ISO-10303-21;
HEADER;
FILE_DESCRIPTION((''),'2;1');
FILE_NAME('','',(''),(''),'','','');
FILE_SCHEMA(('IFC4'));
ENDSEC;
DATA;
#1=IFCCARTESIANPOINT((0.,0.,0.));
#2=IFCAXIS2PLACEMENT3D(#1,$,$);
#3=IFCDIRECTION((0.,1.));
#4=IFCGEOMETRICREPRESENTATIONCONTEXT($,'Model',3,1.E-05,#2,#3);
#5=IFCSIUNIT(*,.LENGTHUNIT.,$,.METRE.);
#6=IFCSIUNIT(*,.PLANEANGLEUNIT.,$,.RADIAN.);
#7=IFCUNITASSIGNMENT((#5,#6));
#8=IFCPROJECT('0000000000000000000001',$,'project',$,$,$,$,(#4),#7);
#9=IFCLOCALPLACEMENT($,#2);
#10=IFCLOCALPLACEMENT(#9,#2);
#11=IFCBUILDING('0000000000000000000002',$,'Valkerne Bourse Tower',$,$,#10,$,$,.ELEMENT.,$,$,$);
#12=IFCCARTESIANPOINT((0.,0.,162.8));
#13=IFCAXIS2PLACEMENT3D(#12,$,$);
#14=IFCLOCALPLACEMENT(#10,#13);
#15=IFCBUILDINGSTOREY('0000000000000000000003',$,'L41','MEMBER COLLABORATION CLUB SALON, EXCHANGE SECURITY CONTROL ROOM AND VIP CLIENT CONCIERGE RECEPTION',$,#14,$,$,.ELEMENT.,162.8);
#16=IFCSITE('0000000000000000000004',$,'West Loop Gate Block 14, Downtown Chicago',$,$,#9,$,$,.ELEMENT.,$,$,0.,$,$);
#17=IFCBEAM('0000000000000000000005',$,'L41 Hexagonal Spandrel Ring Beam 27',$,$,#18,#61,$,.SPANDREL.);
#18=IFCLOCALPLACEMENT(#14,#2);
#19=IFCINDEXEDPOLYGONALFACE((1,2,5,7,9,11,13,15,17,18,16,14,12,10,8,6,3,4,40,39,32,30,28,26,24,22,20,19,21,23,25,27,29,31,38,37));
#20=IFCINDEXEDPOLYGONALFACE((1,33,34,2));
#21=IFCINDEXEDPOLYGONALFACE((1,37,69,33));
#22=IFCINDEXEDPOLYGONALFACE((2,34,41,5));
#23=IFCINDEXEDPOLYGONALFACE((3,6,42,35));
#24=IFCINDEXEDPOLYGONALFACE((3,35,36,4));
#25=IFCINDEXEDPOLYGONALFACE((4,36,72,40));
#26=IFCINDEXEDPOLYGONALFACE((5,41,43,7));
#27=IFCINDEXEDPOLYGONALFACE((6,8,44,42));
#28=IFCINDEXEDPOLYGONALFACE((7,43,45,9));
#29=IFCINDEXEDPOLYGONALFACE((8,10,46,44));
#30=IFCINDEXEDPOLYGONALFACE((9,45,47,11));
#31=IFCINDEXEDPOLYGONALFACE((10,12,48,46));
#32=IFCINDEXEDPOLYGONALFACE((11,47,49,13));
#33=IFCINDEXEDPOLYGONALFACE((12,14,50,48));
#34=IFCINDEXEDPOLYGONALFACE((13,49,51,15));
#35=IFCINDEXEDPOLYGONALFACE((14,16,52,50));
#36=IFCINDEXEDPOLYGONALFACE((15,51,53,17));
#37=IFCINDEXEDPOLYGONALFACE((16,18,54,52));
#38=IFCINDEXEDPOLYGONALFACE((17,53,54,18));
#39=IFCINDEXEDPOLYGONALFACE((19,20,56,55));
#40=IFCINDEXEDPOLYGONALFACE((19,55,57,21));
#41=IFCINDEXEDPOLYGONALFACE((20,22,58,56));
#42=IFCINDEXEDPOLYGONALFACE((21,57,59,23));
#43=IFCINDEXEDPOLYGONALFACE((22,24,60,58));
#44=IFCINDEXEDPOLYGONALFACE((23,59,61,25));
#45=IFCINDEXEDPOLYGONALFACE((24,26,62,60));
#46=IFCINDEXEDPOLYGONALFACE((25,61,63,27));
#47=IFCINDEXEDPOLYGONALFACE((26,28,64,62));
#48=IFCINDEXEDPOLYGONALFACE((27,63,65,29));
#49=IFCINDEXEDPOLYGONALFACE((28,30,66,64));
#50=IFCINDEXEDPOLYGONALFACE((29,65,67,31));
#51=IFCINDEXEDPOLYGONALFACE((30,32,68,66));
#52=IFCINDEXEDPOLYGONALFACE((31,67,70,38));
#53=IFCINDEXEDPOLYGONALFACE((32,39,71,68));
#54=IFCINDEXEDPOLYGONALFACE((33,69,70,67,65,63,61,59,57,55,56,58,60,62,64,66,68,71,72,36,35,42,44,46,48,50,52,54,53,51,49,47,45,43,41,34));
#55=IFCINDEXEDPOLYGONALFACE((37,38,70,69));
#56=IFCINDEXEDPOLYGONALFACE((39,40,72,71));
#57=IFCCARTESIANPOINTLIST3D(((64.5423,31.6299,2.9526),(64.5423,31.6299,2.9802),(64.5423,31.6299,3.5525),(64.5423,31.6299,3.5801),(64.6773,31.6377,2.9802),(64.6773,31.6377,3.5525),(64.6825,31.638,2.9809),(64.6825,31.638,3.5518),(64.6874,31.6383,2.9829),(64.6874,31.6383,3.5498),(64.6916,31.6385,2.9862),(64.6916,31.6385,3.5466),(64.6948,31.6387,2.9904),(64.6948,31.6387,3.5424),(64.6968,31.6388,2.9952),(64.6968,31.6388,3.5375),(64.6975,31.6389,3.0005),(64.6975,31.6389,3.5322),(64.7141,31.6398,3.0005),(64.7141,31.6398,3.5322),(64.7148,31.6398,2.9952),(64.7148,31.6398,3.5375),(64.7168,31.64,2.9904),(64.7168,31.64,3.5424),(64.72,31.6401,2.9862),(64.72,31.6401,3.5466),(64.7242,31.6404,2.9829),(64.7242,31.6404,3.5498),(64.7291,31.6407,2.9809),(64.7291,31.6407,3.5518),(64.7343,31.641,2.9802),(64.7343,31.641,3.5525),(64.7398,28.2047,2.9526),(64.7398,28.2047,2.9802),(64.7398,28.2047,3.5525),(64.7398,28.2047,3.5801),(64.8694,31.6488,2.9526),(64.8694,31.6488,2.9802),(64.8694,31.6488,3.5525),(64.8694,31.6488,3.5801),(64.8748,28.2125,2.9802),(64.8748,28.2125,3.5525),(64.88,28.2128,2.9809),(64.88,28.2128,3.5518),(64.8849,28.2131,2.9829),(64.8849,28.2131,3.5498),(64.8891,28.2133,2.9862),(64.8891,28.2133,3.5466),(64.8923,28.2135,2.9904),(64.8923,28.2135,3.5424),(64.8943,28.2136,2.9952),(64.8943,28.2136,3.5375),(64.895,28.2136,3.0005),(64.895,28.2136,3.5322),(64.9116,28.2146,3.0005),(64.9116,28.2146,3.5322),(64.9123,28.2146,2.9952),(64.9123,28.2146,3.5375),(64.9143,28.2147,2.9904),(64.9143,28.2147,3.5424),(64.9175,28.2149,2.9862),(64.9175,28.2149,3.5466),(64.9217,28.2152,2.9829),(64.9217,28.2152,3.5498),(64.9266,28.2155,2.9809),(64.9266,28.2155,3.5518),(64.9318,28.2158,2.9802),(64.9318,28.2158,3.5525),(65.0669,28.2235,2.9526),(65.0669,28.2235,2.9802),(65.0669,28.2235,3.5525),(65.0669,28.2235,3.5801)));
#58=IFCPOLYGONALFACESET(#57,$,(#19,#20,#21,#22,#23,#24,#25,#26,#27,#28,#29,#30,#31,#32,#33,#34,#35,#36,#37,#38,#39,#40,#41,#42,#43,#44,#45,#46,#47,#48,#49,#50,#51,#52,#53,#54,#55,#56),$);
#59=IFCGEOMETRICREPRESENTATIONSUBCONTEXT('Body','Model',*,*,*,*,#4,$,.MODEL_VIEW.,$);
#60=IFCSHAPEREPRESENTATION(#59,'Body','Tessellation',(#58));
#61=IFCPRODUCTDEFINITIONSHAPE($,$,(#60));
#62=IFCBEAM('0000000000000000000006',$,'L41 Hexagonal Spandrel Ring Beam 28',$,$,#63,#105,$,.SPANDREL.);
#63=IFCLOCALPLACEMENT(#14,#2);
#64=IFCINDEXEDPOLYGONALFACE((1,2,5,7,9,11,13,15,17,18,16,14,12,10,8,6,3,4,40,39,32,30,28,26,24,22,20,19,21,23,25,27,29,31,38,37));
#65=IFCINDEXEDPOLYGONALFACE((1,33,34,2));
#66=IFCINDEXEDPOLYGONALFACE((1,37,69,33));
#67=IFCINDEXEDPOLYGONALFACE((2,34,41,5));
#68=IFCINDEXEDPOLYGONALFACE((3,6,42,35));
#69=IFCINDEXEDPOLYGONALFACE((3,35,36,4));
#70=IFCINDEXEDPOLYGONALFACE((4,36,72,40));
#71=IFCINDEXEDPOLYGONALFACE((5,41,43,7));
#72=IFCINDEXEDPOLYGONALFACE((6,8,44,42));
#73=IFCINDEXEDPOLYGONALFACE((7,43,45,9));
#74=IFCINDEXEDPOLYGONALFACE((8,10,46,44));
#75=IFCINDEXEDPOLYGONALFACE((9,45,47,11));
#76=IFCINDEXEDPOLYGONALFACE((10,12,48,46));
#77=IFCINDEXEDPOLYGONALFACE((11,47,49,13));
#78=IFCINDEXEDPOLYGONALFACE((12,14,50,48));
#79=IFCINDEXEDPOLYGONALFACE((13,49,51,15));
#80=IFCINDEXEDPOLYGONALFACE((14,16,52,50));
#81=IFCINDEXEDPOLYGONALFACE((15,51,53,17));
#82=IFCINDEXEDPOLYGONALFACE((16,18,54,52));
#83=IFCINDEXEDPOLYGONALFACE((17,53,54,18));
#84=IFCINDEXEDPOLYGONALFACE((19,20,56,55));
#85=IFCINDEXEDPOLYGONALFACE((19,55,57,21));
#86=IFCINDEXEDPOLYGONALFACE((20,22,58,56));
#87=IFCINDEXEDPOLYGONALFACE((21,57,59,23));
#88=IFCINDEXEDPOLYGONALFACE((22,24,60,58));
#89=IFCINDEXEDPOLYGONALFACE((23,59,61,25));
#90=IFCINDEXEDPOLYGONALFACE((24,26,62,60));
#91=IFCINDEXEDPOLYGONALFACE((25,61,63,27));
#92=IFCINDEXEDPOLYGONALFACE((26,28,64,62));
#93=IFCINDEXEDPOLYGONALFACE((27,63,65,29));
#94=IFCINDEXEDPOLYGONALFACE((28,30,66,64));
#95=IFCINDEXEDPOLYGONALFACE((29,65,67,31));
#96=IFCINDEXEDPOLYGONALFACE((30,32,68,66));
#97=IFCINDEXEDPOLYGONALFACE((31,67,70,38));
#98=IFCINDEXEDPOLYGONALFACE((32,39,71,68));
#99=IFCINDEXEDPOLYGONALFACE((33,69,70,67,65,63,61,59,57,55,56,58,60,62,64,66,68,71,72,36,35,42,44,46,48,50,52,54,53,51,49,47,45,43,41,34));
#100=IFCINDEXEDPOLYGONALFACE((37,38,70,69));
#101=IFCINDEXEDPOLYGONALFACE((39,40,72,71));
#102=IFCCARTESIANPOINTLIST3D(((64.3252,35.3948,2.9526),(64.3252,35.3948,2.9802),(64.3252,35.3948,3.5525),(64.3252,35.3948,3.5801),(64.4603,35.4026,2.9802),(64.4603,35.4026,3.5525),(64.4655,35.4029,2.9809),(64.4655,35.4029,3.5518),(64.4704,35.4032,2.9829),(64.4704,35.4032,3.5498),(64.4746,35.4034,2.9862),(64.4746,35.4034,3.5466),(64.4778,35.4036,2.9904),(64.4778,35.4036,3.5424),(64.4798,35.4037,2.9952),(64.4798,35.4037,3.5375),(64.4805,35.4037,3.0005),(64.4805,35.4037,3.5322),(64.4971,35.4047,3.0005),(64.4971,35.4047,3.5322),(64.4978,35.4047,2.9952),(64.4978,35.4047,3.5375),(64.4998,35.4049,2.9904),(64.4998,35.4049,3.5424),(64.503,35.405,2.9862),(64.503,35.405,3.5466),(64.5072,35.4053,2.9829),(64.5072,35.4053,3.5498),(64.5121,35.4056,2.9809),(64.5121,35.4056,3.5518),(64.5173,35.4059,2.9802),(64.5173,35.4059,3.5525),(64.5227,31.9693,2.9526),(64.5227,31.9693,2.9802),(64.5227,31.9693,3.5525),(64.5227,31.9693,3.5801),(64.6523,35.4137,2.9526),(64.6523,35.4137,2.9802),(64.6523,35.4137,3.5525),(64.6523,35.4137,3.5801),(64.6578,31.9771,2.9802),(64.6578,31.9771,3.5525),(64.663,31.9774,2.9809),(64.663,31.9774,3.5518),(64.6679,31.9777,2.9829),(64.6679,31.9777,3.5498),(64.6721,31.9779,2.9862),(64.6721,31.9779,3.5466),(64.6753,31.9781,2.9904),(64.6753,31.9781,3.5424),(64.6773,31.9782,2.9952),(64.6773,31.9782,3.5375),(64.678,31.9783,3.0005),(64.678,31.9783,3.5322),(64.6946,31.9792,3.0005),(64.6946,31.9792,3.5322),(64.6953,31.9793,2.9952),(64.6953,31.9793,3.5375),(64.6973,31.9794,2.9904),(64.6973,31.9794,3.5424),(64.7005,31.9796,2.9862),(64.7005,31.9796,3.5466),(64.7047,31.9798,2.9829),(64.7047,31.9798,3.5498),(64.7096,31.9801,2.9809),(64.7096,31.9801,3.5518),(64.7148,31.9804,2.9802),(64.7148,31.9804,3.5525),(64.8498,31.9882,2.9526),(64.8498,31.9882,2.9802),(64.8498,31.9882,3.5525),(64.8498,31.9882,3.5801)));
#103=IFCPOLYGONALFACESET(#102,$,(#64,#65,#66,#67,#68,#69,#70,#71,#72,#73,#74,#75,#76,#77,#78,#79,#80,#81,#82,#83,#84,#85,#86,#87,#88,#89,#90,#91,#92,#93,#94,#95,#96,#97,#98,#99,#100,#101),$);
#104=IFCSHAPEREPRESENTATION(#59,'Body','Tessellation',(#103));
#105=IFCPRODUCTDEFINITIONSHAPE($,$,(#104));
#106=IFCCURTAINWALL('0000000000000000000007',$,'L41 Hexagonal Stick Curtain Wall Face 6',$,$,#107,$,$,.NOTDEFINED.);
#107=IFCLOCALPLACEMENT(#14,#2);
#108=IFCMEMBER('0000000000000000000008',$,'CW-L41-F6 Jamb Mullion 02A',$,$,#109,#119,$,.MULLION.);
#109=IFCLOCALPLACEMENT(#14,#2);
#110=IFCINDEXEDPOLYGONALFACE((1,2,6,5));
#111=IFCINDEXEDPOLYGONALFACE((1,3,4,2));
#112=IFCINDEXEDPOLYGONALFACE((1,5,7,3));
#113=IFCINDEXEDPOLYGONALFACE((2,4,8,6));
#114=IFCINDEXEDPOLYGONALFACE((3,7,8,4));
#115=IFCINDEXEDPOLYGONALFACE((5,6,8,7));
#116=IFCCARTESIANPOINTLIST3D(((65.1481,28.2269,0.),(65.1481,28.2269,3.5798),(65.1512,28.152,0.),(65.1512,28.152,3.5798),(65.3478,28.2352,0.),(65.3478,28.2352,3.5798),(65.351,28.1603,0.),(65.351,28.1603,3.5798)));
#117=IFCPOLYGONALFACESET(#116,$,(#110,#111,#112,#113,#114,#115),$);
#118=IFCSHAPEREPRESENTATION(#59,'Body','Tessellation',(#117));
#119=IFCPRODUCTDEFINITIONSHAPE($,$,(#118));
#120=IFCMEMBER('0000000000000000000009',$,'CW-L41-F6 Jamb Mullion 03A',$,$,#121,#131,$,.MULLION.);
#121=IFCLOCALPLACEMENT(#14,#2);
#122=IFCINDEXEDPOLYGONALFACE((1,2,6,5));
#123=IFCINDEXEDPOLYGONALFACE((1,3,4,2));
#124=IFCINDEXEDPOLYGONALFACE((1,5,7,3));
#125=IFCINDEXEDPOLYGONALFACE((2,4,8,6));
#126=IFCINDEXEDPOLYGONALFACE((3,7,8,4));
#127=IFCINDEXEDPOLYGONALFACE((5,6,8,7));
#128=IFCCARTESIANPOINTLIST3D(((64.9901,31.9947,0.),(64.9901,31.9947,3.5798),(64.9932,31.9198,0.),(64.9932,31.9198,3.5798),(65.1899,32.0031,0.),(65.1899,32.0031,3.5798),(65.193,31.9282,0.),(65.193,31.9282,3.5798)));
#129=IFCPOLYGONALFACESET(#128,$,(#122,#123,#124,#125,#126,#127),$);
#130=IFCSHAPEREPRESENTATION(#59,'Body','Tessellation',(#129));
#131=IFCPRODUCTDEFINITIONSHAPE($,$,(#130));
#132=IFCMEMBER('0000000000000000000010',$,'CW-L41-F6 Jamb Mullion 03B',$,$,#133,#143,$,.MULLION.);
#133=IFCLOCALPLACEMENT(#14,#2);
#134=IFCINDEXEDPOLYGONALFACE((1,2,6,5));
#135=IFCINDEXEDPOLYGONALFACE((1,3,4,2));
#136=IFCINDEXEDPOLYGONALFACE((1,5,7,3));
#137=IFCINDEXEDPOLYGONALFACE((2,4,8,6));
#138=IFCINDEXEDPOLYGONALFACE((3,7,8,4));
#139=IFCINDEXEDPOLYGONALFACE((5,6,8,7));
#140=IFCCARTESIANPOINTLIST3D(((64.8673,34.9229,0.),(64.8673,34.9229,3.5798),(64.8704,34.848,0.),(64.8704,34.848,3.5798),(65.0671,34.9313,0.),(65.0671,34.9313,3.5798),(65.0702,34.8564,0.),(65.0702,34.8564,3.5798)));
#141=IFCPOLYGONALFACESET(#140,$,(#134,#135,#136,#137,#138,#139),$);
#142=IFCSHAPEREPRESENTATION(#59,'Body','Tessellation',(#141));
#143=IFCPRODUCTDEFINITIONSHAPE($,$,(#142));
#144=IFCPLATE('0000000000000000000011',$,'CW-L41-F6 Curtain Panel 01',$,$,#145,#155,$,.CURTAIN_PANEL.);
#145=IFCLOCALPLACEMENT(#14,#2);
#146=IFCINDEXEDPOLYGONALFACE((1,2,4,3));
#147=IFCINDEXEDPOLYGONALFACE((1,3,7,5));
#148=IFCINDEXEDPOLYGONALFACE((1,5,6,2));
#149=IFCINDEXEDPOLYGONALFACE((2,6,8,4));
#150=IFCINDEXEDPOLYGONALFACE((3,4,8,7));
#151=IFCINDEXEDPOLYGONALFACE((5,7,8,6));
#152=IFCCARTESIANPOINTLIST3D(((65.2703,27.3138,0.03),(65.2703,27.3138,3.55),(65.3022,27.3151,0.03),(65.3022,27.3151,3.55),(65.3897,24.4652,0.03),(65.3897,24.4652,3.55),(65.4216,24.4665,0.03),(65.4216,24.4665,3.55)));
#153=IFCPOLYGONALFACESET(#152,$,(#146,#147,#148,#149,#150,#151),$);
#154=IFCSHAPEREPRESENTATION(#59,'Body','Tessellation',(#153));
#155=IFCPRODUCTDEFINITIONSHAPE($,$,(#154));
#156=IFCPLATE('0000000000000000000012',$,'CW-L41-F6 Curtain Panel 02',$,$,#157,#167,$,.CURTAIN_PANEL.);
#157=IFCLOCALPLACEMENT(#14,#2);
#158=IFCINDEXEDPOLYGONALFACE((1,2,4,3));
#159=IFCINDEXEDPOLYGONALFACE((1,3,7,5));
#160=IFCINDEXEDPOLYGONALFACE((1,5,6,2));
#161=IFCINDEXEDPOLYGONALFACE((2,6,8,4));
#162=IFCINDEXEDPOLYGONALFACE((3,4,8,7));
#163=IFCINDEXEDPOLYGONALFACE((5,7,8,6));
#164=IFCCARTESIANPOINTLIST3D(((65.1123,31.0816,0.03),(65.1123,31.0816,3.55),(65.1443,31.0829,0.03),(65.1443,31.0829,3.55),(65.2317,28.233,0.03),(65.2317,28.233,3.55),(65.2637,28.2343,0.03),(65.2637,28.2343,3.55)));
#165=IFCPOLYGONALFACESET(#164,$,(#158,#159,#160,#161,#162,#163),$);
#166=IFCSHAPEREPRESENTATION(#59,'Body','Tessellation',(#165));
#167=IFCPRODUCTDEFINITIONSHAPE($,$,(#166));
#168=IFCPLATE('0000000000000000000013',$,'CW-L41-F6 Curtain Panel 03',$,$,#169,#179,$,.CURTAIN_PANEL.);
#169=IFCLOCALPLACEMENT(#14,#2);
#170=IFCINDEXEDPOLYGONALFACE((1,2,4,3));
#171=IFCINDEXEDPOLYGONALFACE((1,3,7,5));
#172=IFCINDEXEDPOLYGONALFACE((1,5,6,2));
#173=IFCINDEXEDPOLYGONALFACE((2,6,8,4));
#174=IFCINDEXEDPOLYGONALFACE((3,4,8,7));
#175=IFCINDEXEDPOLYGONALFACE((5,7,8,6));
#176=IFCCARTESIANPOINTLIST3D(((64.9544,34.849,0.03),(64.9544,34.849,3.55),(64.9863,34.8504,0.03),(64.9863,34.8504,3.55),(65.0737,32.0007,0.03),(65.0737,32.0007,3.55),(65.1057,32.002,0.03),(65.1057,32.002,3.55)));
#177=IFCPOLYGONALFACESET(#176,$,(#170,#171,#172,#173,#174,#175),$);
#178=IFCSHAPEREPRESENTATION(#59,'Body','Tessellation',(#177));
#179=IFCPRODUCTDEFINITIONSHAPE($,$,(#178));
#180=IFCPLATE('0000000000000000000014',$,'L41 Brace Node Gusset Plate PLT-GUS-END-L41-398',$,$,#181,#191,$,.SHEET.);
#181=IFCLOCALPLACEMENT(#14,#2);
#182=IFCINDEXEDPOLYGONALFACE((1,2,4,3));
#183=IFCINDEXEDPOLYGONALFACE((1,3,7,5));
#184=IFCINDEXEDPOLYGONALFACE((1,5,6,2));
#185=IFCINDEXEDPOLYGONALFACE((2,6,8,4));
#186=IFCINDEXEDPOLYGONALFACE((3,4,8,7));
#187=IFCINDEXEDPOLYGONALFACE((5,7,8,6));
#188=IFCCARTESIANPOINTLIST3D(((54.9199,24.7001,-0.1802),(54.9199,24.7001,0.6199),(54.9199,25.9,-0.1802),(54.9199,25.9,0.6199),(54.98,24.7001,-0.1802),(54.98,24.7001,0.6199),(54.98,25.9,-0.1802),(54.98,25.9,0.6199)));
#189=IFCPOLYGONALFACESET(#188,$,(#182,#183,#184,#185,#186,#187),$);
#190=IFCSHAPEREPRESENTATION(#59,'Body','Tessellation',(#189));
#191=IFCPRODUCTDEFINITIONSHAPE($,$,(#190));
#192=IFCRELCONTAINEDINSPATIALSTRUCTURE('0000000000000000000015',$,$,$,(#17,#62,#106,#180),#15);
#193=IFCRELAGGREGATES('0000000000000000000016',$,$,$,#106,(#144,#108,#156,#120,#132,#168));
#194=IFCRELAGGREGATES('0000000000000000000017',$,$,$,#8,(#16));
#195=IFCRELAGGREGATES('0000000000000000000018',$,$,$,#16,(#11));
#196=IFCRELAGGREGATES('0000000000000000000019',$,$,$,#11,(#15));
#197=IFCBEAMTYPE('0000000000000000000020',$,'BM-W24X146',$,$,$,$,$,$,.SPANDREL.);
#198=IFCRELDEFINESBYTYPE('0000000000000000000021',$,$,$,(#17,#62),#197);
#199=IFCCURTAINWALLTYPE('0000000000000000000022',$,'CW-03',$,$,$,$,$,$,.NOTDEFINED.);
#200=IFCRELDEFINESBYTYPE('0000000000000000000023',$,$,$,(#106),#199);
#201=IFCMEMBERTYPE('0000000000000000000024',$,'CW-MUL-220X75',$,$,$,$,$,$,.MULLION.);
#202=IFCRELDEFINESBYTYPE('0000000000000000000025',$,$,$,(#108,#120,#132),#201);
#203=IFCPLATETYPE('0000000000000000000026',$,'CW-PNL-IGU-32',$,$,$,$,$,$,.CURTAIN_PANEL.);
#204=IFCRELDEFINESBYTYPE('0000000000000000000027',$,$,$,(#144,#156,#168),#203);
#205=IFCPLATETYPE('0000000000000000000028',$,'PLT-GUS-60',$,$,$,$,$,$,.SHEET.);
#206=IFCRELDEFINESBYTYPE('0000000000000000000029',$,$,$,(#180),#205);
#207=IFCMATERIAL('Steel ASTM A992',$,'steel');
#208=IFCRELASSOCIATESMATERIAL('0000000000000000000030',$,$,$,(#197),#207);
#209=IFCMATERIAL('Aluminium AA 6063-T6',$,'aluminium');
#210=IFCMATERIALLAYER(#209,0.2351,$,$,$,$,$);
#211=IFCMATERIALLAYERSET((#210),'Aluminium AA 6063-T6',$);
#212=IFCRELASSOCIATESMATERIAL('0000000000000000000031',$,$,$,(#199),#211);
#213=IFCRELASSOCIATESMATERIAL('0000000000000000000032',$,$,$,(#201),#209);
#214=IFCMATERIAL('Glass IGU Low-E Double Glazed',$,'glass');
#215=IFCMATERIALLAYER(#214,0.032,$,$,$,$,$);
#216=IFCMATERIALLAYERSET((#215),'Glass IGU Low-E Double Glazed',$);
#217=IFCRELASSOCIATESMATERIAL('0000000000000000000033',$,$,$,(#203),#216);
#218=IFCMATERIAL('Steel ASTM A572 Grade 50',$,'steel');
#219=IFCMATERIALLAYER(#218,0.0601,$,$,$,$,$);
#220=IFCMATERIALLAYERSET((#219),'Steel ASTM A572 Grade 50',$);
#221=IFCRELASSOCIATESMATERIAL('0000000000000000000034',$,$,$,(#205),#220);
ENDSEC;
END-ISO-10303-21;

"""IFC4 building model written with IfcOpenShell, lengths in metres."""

from ifc_helpers import new_model, si_unit, direction, frame, origin, origin_2d, place, context, subcontext, project, spatial, rectangle, i_section, extrude, material, layer, layer_set, material_profile, profile_set, type_object, element, aggregate, save


model = new_model("IFC4")

# Units and contexts
model_context = context("Model", 3, precision=1e-05, world=origin(), true_north=direction((0.0, 1.0)))
body_context = subcontext(model_context, "Body", "Model", "MODEL_VIEW")
ifc_project = project(units=[si_unit("LENGTHUNIT", "METRE"), si_unit("PLANEANGLEUNIT", "RADIAN")], contexts=[model_context])

# Site, building, storey
site_placement = place(None, origin())
site = spatial("IfcSite", under=ifc_project, at=site_placement, Name="West Loop Gate Block 14, Downtown Chicago", CompositionType="ELEMENT", RefElevation=0.0)
building_placement = place(site_placement, origin())
building = spatial("IfcBuilding", under=site, at=building_placement, Name="Valkerne Bourse Tower", CompositionType="ELEMENT")
storey_placement = place(building_placement, frame((0.0, 0.0, 162.8)))
storey = spatial("IfcBuildingStorey", under=building, at=storey_placement, Name="L41", Description="MEMBER COLLABORATION CLUB SALON, EXCHANGE SECURITY CONTROL ROOM AND VIP CLIENT CONCIERGE RECEPTION", CompositionType="ELEMENT", Elevation=162.8)

# Beams
ifc_material_1 = material(Name="Steel ASTM A992", Category="steel")
ifc_material_profile_1 = material_profile(ifc_material_1, i_section(OverallWidth=0.3276, OverallDepth=0.6274, WebThickness=0.0166, FlangeThickness=0.0276, FilletRadius=0.0203, at=origin_2d()), Name="W24X146")
ifc_profile_set_1 = profile_set([ifc_material_profile_1], Name="Steel ASTM A992")
beam_type_1 = type_object("IfcBeamType", Name="BM-W24X146", PredefinedType="SPANDREL", material=ifc_profile_set_1)
beam_1_placement = place(storey_placement, frame((64.9033, 28.2141, 3.2664), z_axis=(-0.057567, 0.998342, 0.0), x_axis=(-0.998342, -0.057567, 0.0)))
element("IfcBeam", 1, at=beam_1_placement, inside=storey, type_object=beam_type_1, Name="L41 Hexagonal Spandrel Ring Beam 27", PredefinedType="SPANDREL", context=body_context, shape_type="SweptSolid", body=[
    extrude(i_section(OverallWidth=0.3276, OverallDepth=0.6274, WebThickness=0.0166, FlangeThickness=0.0276, FilletRadius=0.0203, at=origin_2d()), origin(), (0.0, 0.0, 1.0), 3.4309),
])
beam_2_placement = place(storey_placement, frame((64.6863, 31.9788, 3.2664), z_axis=(-0.057562, 0.998342, 0.0), x_axis=(-0.998342, -0.057562, 0.0)))
element("IfcBeam", 2, at=beam_2_placement, inside=storey, type_object=beam_type_1, Name="L41 Hexagonal Spandrel Ring Beam 28", PredefinedType="SPANDREL", context=body_context, shape_type="SweptSolid", body=[
    extrude(i_section(OverallWidth=0.3276, OverallDepth=0.6274, WebThickness=0.0166, FlangeThickness=0.0276, FilletRadius=0.0203, at=origin_2d()), origin(), (0.0, 0.0, 1.0), 3.4312),
])

# Curtain wall, members, plates
ifc_material_2 = material(Name="Aluminium AA 6063-T6", Category="aluminium")
ifc_layer_1 = layer(ifc_material_2, 0.2351)
ifc_layer_set_1 = layer_set([ifc_layer_1], Name="Aluminium AA 6063-T6")
curtain_wall_type = type_object("IfcCurtainWallType", Name="CW-03", PredefinedType="NOTDEFINED", material=ifc_layer_set_1)
curtain_wall_placement = place(storey_placement, origin())
curtain_wall = element("IfcCurtainWall", 3, at=curtain_wall_placement, inside=storey, type_object=curtain_wall_type, Name="L41 Hexagonal Stick Curtain Wall Face 6", PredefinedType="NOTDEFINED")
ifc_material_profile_2 = material_profile(ifc_material_2, rectangle(XDim=0.075, YDim=0.2, at=origin_2d()), Name="CWM-75X200")
ifc_profile_set_2 = profile_set([ifc_material_profile_2], Name="Aluminium AA 6063-T6")
member_type = type_object("IfcMemberType", Name="CW-MUL-220X75", PredefinedType="MULLION", material=ifc_profile_set_2)
member_1_placement = place(storey_placement, frame((65.2495, 28.1936, 0.0), z_axis=(0.0, 0.0, 1.0), x_axis=(-0.041872, 0.999123, 0.0)))
member_1 = element("IfcMember", 4, at=member_1_placement, type_object=member_type, Name="CW-L41-F6 Jamb Mullion 02A", PredefinedType="MULLION", context=body_context, shape_type="SweptSolid", body=[
    extrude(rectangle(XDim=0.075, YDim=0.2, at=origin_2d()), origin(), (0.0, 0.0, 1.0), 3.5798),
])
member_2_placement = place(storey_placement, frame((65.0916, 31.9614, 0.0), z_axis=(0.0, 0.0, 1.0), x_axis=(-0.041873, 0.999123, 0.0)))
member_2 = element("IfcMember", 5, at=member_2_placement, type_object=member_type, Name="CW-L41-F6 Jamb Mullion 03A", PredefinedType="MULLION", context=body_context, shape_type="SweptSolid", body=[
    extrude(rectangle(XDim=0.075, YDim=0.2, at=origin_2d()), origin(), (0.0, 0.0, 1.0), 3.5798),
])
member_3_placement = place(storey_placement, frame((64.9688, 34.8896, 0.0), z_axis=(0.0, 0.0, 1.0), x_axis=(-0.041873, 0.999123, 0.0)))
member_3 = element("IfcMember", 6, at=member_3_placement, type_object=member_type, Name="CW-L41-F6 Jamb Mullion 03B", PredefinedType="MULLION", context=body_context, shape_type="SweptSolid", body=[
    extrude(rectangle(XDim=0.075, YDim=0.2, at=origin_2d()), origin(), (0.0, 0.0, 1.0), 3.5798),
])
ifc_material_3 = material(Name="Glass IGU Low-E Double Glazed", Category="glass")
ifc_layer_2 = layer(ifc_material_3, 0.032)
ifc_layer_set_2 = layer_set([ifc_layer_2], Name="Glass IGU Low-E Double Glazed")
plate_type_1 = type_object("IfcPlateType", Name="CW-PNL-IGU-32", PredefinedType="CURTAIN_PANEL", material=ifc_layer_set_2)
plate_1_placement = place(storey_placement, frame((65.3459, 25.8901, 0.03), z_axis=(0.0, 0.0, 1.0), x_axis=(-0.041872, 0.999123, 0.0)))
plate_1 = element("IfcPlate", 7, at=plate_1_placement, type_object=plate_type_1, Name="CW-L41-F6 Curtain Panel 01", PredefinedType="CURTAIN_PANEL", context=body_context, shape_type="SweptSolid", body=[
    extrude(rectangle(XDim=2.8511, YDim=0.032, at=origin_2d()), origin(), (0.0, 0.0, 1.0), 3.52),
])
plate_2_placement = place(storey_placement, frame((65.188, 29.658, 0.03), z_axis=(0.0, 0.0, 1.0), x_axis=(-0.041872, 0.999123, 0.0)))
plate_2 = element("IfcPlate", 8, at=plate_2_placement, type_object=plate_type_1, Name="CW-L41-F6 Curtain Panel 02", PredefinedType="CURTAIN_PANEL", context=body_context, shape_type="SweptSolid", body=[
    extrude(rectangle(XDim=2.8511, YDim=0.032, at=origin_2d()), origin(), (0.0, 0.0, 1.0), 3.52),
])
plate_3_placement = place(storey_placement, frame((65.03, 33.4255, 0.03), z_axis=(0.0, 0.0, 1.0), x_axis=(-0.041873, 0.999123, 0.0)))
plate_3 = element("IfcPlate", 9, at=plate_3_placement, type_object=plate_type_1, Name="CW-L41-F6 Curtain Panel 03", PredefinedType="CURTAIN_PANEL", context=body_context, shape_type="SweptSolid", body=[
    extrude(rectangle(XDim=2.8508, YDim=0.032, at=origin_2d()), origin(), (0.0, 0.0, 1.0), 3.52),
])
aggregate(curtain_wall, [plate_1, member_1, plate_2, member_2, member_3, plate_3])

# Plate
ifc_material_4 = material(Name="Steel ASTM A572 Grade 50", Category="steel")
ifc_layer_3 = layer(ifc_material_4, 0.0601)
ifc_layer_set_3 = layer_set([ifc_layer_3], Name="Steel ASTM A572 Grade 50")
plate_type_2 = type_object("IfcPlateType", Name="PLT-GUS-60", PredefinedType="SHEET", material=ifc_layer_set_3)
for number, where, z_axis, x_axis, name in (
    (10, (54.95, 25.3, -0.1802), (0.0, 0.0, 1.0), (0.0, 1.0, 0.0), "L41 Brace Node Gusset Plate PLT-GUS-END-L41-398"),
):
    element("IfcPlate", number, at=place(storey_placement, frame(where, z_axis=z_axis, x_axis=x_axis)), inside=storey, type_object=plate_type_2, Name=name, PredefinedType="SHEET", context=body_context, shape_type="SweptSolid", body=[
        extrude(rectangle(XDim=1.2, YDim=0.0601, at=origin_2d()), origin(), (0.0, 0.0, 1.0), 0.8),
    ])

save(model, "model.ifc")
